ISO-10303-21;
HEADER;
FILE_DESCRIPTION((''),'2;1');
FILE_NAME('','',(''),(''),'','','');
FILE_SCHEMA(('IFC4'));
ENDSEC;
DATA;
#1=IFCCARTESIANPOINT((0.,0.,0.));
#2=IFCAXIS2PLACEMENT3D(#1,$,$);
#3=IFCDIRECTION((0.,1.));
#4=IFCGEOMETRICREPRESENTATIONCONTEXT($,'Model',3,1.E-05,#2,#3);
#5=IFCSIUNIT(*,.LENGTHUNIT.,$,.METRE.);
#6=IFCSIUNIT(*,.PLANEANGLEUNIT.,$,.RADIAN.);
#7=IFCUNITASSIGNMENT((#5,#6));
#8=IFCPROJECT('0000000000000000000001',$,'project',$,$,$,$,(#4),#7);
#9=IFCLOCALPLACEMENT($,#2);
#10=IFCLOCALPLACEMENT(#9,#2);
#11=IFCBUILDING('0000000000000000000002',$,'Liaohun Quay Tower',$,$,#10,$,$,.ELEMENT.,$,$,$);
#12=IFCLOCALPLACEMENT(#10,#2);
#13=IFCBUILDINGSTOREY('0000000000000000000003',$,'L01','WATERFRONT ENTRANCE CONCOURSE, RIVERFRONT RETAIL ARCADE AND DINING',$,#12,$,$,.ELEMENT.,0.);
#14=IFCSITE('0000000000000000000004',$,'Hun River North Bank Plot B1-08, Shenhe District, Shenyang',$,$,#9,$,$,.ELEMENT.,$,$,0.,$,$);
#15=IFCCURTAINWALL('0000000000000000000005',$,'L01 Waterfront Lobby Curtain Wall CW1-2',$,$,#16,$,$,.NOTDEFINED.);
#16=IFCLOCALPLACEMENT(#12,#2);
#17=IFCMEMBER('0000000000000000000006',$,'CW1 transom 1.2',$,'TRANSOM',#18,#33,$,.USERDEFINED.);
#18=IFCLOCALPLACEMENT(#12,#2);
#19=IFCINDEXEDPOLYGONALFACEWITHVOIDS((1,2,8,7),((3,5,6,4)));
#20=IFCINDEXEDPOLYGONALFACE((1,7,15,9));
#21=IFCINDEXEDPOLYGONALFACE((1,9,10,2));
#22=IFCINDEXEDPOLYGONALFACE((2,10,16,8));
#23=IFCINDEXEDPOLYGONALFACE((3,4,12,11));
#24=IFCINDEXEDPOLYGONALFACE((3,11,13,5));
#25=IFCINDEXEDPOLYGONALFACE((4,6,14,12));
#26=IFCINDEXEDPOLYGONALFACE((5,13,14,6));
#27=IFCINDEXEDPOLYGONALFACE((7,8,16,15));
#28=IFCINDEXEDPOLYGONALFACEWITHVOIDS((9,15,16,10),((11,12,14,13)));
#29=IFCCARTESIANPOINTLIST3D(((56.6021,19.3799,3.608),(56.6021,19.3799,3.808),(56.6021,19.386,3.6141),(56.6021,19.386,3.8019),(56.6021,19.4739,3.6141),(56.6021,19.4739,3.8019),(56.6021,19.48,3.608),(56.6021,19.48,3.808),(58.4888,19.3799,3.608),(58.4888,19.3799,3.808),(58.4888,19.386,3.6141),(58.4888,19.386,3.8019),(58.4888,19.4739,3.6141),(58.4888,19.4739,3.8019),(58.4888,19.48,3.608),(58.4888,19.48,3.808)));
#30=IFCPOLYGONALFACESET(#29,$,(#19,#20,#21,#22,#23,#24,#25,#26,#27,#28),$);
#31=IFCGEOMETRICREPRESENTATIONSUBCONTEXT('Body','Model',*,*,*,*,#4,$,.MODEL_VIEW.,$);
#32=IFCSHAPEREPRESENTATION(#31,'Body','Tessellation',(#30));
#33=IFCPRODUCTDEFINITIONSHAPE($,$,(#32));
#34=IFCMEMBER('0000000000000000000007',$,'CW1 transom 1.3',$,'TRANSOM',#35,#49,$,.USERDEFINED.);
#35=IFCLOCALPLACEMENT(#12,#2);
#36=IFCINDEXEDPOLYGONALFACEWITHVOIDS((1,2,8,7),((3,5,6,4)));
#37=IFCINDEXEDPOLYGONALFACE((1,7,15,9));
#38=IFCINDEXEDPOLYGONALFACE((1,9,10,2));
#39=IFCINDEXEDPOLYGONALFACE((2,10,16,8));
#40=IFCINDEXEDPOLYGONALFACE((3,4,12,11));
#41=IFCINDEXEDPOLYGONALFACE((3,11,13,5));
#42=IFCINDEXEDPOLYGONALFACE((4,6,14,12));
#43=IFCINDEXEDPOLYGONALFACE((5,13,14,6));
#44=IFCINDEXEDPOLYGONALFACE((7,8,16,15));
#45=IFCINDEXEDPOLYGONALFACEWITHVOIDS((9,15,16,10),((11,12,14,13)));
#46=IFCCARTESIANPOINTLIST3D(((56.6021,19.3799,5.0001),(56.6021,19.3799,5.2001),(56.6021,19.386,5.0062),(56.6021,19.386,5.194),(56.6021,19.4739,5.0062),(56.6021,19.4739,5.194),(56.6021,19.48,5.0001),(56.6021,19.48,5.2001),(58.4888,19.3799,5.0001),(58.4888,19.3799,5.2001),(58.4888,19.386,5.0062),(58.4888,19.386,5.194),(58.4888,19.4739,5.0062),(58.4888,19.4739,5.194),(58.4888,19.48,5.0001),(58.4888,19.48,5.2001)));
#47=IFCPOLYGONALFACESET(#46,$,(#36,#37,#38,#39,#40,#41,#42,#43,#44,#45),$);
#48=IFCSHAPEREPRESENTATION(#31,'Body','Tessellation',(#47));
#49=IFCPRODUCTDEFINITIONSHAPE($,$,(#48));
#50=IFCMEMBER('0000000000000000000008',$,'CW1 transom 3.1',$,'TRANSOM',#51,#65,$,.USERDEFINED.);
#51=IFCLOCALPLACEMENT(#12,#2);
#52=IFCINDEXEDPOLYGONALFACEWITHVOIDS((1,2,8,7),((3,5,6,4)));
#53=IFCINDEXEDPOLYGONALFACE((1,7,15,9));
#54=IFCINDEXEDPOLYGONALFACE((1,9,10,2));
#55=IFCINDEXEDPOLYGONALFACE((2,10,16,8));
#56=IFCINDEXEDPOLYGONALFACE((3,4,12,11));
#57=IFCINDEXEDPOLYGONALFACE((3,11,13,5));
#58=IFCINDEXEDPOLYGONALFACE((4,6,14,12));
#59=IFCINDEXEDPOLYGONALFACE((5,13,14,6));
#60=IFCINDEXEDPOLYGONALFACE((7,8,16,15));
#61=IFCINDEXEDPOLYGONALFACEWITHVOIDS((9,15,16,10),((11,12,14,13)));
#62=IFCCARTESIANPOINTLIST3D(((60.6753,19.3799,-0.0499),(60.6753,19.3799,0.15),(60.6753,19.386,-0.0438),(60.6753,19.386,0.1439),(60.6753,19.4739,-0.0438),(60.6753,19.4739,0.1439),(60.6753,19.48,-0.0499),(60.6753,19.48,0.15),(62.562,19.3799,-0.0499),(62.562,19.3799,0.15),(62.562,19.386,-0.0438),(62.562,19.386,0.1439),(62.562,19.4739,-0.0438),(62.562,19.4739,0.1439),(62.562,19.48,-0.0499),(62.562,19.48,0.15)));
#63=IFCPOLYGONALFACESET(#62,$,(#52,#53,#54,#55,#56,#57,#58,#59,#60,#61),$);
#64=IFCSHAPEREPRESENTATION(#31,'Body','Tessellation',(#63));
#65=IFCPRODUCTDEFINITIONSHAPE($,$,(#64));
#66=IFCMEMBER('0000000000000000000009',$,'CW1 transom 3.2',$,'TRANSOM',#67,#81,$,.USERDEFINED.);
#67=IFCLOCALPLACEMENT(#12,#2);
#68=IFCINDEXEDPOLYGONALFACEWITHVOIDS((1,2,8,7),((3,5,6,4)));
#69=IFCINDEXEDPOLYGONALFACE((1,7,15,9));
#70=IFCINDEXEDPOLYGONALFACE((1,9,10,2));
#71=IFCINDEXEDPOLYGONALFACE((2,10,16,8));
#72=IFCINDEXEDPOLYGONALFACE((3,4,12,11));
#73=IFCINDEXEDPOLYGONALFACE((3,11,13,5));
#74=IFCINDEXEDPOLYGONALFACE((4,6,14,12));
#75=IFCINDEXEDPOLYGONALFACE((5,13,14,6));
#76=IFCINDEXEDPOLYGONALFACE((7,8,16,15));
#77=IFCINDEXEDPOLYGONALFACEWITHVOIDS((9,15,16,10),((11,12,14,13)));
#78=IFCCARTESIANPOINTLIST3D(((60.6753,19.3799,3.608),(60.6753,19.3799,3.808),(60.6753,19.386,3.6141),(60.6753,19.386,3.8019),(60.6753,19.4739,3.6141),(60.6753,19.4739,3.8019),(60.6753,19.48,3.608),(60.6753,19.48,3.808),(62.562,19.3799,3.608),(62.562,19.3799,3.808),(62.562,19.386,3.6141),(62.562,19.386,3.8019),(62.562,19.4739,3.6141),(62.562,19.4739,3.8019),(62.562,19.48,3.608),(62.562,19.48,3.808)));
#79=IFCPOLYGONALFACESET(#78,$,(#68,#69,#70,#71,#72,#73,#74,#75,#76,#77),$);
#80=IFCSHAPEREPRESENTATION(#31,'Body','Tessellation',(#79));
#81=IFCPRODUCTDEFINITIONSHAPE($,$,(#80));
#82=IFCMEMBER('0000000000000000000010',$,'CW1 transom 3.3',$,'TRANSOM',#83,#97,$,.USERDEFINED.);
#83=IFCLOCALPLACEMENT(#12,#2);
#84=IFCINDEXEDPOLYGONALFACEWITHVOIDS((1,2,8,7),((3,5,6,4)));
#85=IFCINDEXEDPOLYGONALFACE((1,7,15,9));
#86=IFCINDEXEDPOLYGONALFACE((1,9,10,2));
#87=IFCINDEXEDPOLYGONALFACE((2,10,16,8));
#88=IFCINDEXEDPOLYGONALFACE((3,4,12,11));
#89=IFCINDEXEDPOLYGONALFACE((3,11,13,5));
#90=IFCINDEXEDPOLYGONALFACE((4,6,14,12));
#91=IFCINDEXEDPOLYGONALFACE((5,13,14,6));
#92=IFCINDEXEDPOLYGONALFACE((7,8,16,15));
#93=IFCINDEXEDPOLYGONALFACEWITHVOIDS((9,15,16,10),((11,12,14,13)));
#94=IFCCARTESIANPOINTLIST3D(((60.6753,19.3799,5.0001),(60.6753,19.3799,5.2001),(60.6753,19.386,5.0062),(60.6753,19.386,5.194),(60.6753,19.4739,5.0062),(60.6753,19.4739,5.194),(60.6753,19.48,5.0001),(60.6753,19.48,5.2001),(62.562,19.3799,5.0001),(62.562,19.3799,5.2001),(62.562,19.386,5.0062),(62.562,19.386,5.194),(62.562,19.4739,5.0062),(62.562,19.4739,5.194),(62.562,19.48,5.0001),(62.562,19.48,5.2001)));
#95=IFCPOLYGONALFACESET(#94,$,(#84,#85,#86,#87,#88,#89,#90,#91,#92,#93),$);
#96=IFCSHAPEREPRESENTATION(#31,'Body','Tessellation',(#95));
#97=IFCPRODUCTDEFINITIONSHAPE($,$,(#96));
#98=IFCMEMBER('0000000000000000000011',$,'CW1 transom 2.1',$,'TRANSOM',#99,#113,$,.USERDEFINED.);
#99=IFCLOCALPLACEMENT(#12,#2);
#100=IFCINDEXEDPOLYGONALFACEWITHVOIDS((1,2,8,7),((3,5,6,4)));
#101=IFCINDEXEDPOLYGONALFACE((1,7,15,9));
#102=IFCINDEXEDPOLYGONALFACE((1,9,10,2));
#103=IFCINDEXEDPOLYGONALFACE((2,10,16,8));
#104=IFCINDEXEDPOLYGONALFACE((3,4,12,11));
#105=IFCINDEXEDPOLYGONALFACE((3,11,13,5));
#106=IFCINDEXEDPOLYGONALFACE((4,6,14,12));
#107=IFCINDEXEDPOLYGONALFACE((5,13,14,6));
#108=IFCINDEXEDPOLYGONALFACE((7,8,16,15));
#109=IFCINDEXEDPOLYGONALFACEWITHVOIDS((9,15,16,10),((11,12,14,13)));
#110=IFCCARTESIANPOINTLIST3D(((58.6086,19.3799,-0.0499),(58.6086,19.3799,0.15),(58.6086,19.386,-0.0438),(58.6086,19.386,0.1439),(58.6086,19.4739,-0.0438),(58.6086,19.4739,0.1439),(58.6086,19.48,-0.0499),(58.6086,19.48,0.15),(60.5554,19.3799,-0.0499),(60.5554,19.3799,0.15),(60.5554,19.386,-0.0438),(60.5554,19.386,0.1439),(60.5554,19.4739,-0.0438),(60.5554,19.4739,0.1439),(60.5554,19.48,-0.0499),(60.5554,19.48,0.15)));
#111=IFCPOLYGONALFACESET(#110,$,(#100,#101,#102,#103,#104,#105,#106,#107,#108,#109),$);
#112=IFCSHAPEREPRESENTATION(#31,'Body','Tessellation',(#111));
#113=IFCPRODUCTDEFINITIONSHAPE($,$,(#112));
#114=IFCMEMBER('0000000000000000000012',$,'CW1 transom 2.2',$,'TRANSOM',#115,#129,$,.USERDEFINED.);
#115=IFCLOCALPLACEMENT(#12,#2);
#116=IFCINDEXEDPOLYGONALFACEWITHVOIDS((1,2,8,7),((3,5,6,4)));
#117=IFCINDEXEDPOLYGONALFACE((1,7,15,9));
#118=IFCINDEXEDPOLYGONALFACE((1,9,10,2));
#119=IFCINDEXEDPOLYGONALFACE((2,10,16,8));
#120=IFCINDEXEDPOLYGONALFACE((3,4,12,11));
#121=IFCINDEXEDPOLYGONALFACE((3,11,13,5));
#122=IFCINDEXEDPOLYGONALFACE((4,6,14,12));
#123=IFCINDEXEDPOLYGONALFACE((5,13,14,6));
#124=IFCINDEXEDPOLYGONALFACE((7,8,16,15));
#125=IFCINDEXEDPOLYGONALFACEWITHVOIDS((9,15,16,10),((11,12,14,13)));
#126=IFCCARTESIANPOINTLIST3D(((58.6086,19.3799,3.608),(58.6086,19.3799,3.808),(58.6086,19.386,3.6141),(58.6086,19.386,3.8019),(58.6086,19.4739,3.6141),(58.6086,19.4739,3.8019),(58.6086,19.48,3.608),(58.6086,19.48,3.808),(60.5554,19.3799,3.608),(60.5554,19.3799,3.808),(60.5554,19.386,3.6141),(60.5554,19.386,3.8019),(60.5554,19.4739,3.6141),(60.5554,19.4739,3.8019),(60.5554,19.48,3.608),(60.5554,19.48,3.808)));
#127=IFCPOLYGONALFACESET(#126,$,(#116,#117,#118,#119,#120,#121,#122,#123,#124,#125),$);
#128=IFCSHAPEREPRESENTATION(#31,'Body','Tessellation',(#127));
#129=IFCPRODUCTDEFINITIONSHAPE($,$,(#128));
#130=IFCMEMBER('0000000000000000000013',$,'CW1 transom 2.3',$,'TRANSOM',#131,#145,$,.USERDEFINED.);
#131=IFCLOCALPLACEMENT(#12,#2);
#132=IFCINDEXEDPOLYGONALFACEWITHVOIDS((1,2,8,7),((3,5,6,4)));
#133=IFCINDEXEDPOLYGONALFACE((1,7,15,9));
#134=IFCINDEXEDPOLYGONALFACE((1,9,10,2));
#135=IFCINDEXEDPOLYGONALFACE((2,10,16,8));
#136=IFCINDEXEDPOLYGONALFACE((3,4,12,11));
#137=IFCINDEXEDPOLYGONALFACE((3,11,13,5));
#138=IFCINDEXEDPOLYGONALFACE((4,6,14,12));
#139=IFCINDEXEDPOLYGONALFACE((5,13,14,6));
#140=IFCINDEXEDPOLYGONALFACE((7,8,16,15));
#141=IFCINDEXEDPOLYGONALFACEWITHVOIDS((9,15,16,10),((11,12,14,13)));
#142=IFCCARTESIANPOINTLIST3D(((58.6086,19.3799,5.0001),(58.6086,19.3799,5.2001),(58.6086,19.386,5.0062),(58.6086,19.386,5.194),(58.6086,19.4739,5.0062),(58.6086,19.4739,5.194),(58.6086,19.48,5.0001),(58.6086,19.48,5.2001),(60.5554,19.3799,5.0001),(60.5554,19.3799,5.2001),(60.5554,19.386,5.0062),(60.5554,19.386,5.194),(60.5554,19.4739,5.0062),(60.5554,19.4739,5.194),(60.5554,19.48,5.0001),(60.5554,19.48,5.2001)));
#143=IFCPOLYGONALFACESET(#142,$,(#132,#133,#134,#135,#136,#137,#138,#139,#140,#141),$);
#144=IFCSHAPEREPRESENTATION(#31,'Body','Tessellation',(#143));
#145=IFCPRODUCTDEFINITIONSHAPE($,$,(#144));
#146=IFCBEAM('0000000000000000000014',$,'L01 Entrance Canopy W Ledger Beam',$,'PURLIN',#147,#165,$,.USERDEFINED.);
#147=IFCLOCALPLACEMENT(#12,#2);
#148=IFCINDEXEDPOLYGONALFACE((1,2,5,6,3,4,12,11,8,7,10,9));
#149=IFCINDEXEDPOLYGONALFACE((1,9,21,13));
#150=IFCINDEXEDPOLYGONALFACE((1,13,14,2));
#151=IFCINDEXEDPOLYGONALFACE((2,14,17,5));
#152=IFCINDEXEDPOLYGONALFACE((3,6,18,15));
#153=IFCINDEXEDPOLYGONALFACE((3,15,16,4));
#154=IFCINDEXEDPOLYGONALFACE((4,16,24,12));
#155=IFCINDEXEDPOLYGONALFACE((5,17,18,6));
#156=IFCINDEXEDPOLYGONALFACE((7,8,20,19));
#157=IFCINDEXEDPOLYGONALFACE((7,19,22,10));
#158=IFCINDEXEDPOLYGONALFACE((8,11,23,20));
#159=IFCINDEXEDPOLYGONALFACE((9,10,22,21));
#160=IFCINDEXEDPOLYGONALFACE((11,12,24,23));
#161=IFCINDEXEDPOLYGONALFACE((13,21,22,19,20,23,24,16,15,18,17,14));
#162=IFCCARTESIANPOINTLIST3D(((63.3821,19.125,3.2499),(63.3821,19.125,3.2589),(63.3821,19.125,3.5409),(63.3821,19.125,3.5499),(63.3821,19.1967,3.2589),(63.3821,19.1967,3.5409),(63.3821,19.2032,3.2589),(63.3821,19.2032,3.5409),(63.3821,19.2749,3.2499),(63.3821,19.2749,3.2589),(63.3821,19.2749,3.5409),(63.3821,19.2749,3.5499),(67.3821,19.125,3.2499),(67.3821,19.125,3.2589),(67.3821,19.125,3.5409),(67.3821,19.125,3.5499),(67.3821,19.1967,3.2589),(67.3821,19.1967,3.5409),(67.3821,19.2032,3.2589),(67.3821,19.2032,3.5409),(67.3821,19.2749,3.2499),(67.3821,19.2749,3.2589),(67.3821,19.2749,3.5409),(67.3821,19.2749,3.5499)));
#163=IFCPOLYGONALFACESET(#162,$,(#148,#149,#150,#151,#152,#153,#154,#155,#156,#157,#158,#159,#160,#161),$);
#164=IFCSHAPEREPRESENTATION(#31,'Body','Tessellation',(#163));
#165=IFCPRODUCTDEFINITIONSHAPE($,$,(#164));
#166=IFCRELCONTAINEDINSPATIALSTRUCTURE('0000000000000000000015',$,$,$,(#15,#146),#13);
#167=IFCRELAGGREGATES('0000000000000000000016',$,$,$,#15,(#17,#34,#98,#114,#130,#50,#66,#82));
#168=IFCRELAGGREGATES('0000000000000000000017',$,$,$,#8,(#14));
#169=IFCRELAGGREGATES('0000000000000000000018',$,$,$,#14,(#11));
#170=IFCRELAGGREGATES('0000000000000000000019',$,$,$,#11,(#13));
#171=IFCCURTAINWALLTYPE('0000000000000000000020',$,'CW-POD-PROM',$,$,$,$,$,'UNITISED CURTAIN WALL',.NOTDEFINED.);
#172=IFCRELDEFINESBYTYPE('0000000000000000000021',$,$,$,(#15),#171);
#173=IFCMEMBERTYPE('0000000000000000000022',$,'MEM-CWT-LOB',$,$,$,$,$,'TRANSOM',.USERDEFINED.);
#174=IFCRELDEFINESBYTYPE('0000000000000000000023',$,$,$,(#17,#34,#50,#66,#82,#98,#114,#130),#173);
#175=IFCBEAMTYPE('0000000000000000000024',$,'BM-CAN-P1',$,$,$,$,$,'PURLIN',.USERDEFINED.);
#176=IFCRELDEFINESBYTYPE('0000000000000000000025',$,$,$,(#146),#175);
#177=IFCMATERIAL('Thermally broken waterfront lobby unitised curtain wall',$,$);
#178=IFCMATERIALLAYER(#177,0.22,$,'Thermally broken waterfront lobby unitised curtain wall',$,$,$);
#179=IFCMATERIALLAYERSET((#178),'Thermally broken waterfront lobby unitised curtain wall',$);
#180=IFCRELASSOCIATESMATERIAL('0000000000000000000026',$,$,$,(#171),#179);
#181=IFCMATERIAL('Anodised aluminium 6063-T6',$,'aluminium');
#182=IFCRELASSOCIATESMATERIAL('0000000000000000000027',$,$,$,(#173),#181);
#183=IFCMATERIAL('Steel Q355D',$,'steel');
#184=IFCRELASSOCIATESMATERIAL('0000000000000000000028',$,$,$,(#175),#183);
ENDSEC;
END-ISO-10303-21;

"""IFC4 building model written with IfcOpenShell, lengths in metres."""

from ifc_helpers import new_model, si_unit, direction, frame, origin, origin_2d, place, context, subcontext, project, spatial, hollow_rectangle, i_section, extrude, source, transform, mapped, material, layer, layer_set, material_profile, profile_set, type_object, element, aggregate, save


model = new_model("IFC4")

# Units and contexts
model_context = context("Model", 3, precision=1e-05, world=origin(), true_north=direction((0.0, 1.0)))
body_context = subcontext(model_context, "Body", "Model", "MODEL_VIEW")
ifc_project = project(units=[si_unit("LENGTHUNIT", "METRE"), si_unit("PLANEANGLEUNIT", "RADIAN")], contexts=[model_context])

# Site, building, storey
site_placement = place(None, origin())
site = spatial("IfcSite", under=ifc_project, at=site_placement, Name="Hun River North Bank Plot B1-08, Shenhe District, Shenyang", CompositionType="ELEMENT", RefElevation=0.0)
building_placement = place(site_placement, origin())
building = spatial("IfcBuilding", under=site, at=building_placement, Name="Liaohun Quay Tower", CompositionType="ELEMENT")
storey_placement = place(building_placement, origin())
storey = spatial("IfcBuildingStorey", under=building, at=storey_placement, Name="L01", Description="WATERFRONT ENTRANCE CONCOURSE, RIVERFRONT RETAIL ARCADE AND DINING", CompositionType="ELEMENT", Elevation=0.0)

# Shared definitions
ifc_material_1 = material(Name="Steel Q355D", Category="steel")

# Curtain wall, members
ifc_material_2 = material(Name="Thermally broken waterfront lobby unitised curtain wall")
ifc_layer_1 = layer(ifc_material_2, 0.22, Name="Thermally broken waterfront lobby unitised curtain wall")
ifc_layer_set_1 = layer_set([ifc_layer_1], Name="Thermally broken waterfront lobby unitised curtain wall")
curtain_wall_type = type_object("IfcCurtainWallType", Name="CW-POD-PROM", ElementType="UNITISED CURTAIN WALL", PredefinedType="NOTDEFINED", material=ifc_layer_set_1)
curtain_wall_placement = place(storey_placement, origin())
curtain_wall = element("IfcCurtainWall", 1, at=curtain_wall_placement, inside=storey, type_object=curtain_wall_type, Name="L01 Waterfront Lobby Curtain Wall CW1-2", PredefinedType="NOTDEFINED")
ifc_material_3 = material(Name="Anodised aluminium 6063-T6", Category="aluminium")
ifc_material_profile_1 = material_profile(ifc_material_3, hollow_rectangle(XDim=0.1001, YDim=0.2, WallThickness=0.0061, at=origin_2d()), Name="RHS200x100x6")
ifc_profile_set_1 = profile_set([ifc_material_profile_1], Name="Anodised aluminium 6063-T6")
member_type_1 = type_object("IfcMemberType", Name="MEM-CWT-LOB", ElementType="TRANSOM", PredefinedType="USERDEFINED", material=ifc_profile_set_1)
shared_shape_1 = source(origin(), body_context, "Body", "SweptSolid", [
    extrude(hollow_rectangle(XDim=0.1001, YDim=0.2, WallThickness=0.0061, at=origin_2d()), origin(), (0.0, 0.0, 1.0), 1.8867),
])
member_1_placement = place(storey_placement, frame((56.6021, 19.4299, 3.708), z_axis=(1.0, 0.0, 0.0), x_axis=(0.0, 1.0, 0.0)))
member_1 = element("IfcMember", 2, at=member_1_placement, type_object=member_type_1, Name="CW1 transom 1.2", ObjectType="TRANSOM", PredefinedType="USERDEFINED", context=body_context, shape_type="MappedRepresentation", body=[
    mapped(shared_shape_1, transform((0.0, 0.0, 0.0), x_axis=(1.0, 0.0, 0.0), y_axis=(0.0, 1.0, 0.0), z_axis=(0.0, 0.0, 1.0), scale=1.0)),
])
member_2_placement = place(storey_placement, frame((56.6021, 19.4299, 5.1001), z_axis=(1.0, 0.0, 0.0), x_axis=(0.0, 1.0, 0.0)))
member_2 = element("IfcMember", 3, at=member_2_placement, type_object=member_type_1, Name="CW1 transom 1.3", ObjectType="TRANSOM", PredefinedType="USERDEFINED", context=body_context, shape_type="MappedRepresentation", body=[
    mapped(shared_shape_1, transform((0.0, 0.0, 0.0), x_axis=(1.0, 0.0, 0.0), y_axis=(0.0, 1.0, 0.0), z_axis=(0.0, 0.0, 1.0), scale=1.0)),
])
member_3_placement = place(storey_placement, frame((60.6753, 19.4299, 0.05), z_axis=(1.0, 0.0, 0.0), x_axis=(0.0, 1.0, 0.0)))
member_3 = element("IfcMember", 4, at=member_3_placement, type_object=member_type_1, Name="CW1 transom 3.1", ObjectType="TRANSOM", PredefinedType="USERDEFINED", context=body_context, shape_type="MappedRepresentation", body=[
    mapped(shared_shape_1, transform((0.0, 0.0, 0.0), x_axis=(1.0, 0.0, 0.0), y_axis=(0.0, 1.0, 0.0), z_axis=(0.0, 0.0, 1.0), scale=1.0)),
])
member_4_placement = place(storey_placement, frame((60.6753, 19.4299, 3.708), z_axis=(1.0, 0.0, 0.0), x_axis=(0.0, 1.0, 0.0)))
member_4 = element("IfcMember", 5, at=member_4_placement, type_object=member_type_1, Name="CW1 transom 3.2", ObjectType="TRANSOM", PredefinedType="USERDEFINED", context=body_context, shape_type="MappedRepresentation", body=[
    mapped(shared_shape_1, transform((0.0, 0.0, 0.0), x_axis=(1.0, 0.0, 0.0), y_axis=(0.0, 1.0, 0.0), z_axis=(0.0, 0.0, 1.0), scale=1.0)),
])
member_5_placement = place(storey_placement, frame((60.6753, 19.4299, 5.1001), z_axis=(1.0, 0.0, 0.0), x_axis=(0.0, 1.0, 0.0)))
member_5 = element("IfcMember", 6, at=member_5_placement, type_object=member_type_1, Name="CW1 transom 3.3", ObjectType="TRANSOM", PredefinedType="USERDEFINED", context=body_context, shape_type="MappedRepresentation", body=[
    mapped(shared_shape_1, transform((0.0, 0.0, 0.0), x_axis=(1.0, 0.0, 0.0), y_axis=(0.0, 1.0, 0.0), z_axis=(0.0, 0.0, 1.0), scale=1.0)),
])
shared_shape_2 = source(origin(), body_context, "Body", "SweptSolid", [
    extrude(hollow_rectangle(XDim=0.1001, YDim=0.2, WallThickness=0.0061, at=origin_2d()), origin(), (0.0, 0.0, 1.0), 1.9468),
])
member_6_placement = place(storey_placement, frame((58.6086, 19.4299, 0.05), z_axis=(1.0, 0.0, 0.0), x_axis=(0.0, 1.0, 0.0)))
member_6 = element("IfcMember", 7, at=member_6_placement, type_object=member_type_1, Name="CW1 transom 2.1", ObjectType="TRANSOM", PredefinedType="USERDEFINED", context=body_context, shape_type="MappedRepresentation", body=[
    mapped(shared_shape_2, transform((0.0, 0.0, 0.0), x_axis=(1.0, 0.0, 0.0), y_axis=(0.0, 1.0, 0.0), z_axis=(0.0, 0.0, 1.0), scale=1.0)),
])
member_7_placement = place(storey_placement, frame((58.6086, 19.4299, 3.708), z_axis=(1.0, 0.0, 0.0), x_axis=(0.0, 1.0, 0.0)))
member_7 = element("IfcMember", 8, at=member_7_placement, type_object=member_type_1, Name="CW1 transom 2.2", ObjectType="TRANSOM", PredefinedType="USERDEFINED", context=body_context, shape_type="MappedRepresentation", body=[
    mapped(shared_shape_2, transform((0.0, 0.0, 0.0), x_axis=(1.0, 0.0, 0.0), y_axis=(0.0, 1.0, 0.0), z_axis=(0.0, 0.0, 1.0), scale=1.0)),
])
member_8_placement = place(storey_placement, frame((58.6086, 19.4299, 5.1001), z_axis=(1.0, 0.0, 0.0), x_axis=(0.0, 1.0, 0.0)))
member_8 = element("IfcMember", 9, at=member_8_placement, type_object=member_type_1, Name="CW1 transom 2.3", ObjectType="TRANSOM", PredefinedType="USERDEFINED", context=body_context, shape_type="MappedRepresentation", body=[
    mapped(shared_shape_2, transform((0.0, 0.0, 0.0), x_axis=(1.0, 0.0, 0.0), y_axis=(0.0, 1.0, 0.0), z_axis=(0.0, 0.0, 1.0), scale=1.0)),
])

# Beam
ifc_material_profile_2 = material_profile(ifc_material_1, i_section(OverallWidth=0.1499, OverallDepth=0.3, WebThickness=0.0066, FlangeThickness=0.009, at=origin_2d()), Name="HN300x150x6.5x9")
ifc_profile_set_2 = profile_set([ifc_material_profile_2], Name="Steel Q355D")
beam_type_1 = type_object("IfcBeamType", Name="BM-CAN-P1", ElementType="PURLIN", PredefinedType="USERDEFINED", material=ifc_profile_set_2)
shared_shape_3 = source(origin(), body_context, "Body", "SweptSolid", [
    extrude(i_section(OverallWidth=0.1499, OverallDepth=0.3, WebThickness=0.0066, FlangeThickness=0.009, at=origin_2d()), origin(), (0.0, 0.0, 1.0), 4.0),
])
beam_1_placement = place(storey_placement, frame((63.3821, 19.2, 3.3999), z_axis=(1.0, 0.0, 0.0), x_axis=(0.0, 1.0, 0.0)))
element("IfcBeam", 10, at=beam_1_placement, inside=storey, type_object=beam_type_1, Name="L01 Entrance Canopy W Ledger Beam", ObjectType="PURLIN", PredefinedType="USERDEFINED", context=body_context, shape_type="MappedRepresentation", body=[
    mapped(shared_shape_3, transform((0.0, 0.0, 0.0), x_axis=(1.0, 0.0, 0.0), y_axis=(0.0, 1.0, 0.0), z_axis=(0.0, 0.0, 1.0), scale=1.0)),
])

aggregate(curtain_wall, [member_1, member_2, member_6, member_7, member_8, member_3, member_4, member_5])

save(model, "model.ifc")
